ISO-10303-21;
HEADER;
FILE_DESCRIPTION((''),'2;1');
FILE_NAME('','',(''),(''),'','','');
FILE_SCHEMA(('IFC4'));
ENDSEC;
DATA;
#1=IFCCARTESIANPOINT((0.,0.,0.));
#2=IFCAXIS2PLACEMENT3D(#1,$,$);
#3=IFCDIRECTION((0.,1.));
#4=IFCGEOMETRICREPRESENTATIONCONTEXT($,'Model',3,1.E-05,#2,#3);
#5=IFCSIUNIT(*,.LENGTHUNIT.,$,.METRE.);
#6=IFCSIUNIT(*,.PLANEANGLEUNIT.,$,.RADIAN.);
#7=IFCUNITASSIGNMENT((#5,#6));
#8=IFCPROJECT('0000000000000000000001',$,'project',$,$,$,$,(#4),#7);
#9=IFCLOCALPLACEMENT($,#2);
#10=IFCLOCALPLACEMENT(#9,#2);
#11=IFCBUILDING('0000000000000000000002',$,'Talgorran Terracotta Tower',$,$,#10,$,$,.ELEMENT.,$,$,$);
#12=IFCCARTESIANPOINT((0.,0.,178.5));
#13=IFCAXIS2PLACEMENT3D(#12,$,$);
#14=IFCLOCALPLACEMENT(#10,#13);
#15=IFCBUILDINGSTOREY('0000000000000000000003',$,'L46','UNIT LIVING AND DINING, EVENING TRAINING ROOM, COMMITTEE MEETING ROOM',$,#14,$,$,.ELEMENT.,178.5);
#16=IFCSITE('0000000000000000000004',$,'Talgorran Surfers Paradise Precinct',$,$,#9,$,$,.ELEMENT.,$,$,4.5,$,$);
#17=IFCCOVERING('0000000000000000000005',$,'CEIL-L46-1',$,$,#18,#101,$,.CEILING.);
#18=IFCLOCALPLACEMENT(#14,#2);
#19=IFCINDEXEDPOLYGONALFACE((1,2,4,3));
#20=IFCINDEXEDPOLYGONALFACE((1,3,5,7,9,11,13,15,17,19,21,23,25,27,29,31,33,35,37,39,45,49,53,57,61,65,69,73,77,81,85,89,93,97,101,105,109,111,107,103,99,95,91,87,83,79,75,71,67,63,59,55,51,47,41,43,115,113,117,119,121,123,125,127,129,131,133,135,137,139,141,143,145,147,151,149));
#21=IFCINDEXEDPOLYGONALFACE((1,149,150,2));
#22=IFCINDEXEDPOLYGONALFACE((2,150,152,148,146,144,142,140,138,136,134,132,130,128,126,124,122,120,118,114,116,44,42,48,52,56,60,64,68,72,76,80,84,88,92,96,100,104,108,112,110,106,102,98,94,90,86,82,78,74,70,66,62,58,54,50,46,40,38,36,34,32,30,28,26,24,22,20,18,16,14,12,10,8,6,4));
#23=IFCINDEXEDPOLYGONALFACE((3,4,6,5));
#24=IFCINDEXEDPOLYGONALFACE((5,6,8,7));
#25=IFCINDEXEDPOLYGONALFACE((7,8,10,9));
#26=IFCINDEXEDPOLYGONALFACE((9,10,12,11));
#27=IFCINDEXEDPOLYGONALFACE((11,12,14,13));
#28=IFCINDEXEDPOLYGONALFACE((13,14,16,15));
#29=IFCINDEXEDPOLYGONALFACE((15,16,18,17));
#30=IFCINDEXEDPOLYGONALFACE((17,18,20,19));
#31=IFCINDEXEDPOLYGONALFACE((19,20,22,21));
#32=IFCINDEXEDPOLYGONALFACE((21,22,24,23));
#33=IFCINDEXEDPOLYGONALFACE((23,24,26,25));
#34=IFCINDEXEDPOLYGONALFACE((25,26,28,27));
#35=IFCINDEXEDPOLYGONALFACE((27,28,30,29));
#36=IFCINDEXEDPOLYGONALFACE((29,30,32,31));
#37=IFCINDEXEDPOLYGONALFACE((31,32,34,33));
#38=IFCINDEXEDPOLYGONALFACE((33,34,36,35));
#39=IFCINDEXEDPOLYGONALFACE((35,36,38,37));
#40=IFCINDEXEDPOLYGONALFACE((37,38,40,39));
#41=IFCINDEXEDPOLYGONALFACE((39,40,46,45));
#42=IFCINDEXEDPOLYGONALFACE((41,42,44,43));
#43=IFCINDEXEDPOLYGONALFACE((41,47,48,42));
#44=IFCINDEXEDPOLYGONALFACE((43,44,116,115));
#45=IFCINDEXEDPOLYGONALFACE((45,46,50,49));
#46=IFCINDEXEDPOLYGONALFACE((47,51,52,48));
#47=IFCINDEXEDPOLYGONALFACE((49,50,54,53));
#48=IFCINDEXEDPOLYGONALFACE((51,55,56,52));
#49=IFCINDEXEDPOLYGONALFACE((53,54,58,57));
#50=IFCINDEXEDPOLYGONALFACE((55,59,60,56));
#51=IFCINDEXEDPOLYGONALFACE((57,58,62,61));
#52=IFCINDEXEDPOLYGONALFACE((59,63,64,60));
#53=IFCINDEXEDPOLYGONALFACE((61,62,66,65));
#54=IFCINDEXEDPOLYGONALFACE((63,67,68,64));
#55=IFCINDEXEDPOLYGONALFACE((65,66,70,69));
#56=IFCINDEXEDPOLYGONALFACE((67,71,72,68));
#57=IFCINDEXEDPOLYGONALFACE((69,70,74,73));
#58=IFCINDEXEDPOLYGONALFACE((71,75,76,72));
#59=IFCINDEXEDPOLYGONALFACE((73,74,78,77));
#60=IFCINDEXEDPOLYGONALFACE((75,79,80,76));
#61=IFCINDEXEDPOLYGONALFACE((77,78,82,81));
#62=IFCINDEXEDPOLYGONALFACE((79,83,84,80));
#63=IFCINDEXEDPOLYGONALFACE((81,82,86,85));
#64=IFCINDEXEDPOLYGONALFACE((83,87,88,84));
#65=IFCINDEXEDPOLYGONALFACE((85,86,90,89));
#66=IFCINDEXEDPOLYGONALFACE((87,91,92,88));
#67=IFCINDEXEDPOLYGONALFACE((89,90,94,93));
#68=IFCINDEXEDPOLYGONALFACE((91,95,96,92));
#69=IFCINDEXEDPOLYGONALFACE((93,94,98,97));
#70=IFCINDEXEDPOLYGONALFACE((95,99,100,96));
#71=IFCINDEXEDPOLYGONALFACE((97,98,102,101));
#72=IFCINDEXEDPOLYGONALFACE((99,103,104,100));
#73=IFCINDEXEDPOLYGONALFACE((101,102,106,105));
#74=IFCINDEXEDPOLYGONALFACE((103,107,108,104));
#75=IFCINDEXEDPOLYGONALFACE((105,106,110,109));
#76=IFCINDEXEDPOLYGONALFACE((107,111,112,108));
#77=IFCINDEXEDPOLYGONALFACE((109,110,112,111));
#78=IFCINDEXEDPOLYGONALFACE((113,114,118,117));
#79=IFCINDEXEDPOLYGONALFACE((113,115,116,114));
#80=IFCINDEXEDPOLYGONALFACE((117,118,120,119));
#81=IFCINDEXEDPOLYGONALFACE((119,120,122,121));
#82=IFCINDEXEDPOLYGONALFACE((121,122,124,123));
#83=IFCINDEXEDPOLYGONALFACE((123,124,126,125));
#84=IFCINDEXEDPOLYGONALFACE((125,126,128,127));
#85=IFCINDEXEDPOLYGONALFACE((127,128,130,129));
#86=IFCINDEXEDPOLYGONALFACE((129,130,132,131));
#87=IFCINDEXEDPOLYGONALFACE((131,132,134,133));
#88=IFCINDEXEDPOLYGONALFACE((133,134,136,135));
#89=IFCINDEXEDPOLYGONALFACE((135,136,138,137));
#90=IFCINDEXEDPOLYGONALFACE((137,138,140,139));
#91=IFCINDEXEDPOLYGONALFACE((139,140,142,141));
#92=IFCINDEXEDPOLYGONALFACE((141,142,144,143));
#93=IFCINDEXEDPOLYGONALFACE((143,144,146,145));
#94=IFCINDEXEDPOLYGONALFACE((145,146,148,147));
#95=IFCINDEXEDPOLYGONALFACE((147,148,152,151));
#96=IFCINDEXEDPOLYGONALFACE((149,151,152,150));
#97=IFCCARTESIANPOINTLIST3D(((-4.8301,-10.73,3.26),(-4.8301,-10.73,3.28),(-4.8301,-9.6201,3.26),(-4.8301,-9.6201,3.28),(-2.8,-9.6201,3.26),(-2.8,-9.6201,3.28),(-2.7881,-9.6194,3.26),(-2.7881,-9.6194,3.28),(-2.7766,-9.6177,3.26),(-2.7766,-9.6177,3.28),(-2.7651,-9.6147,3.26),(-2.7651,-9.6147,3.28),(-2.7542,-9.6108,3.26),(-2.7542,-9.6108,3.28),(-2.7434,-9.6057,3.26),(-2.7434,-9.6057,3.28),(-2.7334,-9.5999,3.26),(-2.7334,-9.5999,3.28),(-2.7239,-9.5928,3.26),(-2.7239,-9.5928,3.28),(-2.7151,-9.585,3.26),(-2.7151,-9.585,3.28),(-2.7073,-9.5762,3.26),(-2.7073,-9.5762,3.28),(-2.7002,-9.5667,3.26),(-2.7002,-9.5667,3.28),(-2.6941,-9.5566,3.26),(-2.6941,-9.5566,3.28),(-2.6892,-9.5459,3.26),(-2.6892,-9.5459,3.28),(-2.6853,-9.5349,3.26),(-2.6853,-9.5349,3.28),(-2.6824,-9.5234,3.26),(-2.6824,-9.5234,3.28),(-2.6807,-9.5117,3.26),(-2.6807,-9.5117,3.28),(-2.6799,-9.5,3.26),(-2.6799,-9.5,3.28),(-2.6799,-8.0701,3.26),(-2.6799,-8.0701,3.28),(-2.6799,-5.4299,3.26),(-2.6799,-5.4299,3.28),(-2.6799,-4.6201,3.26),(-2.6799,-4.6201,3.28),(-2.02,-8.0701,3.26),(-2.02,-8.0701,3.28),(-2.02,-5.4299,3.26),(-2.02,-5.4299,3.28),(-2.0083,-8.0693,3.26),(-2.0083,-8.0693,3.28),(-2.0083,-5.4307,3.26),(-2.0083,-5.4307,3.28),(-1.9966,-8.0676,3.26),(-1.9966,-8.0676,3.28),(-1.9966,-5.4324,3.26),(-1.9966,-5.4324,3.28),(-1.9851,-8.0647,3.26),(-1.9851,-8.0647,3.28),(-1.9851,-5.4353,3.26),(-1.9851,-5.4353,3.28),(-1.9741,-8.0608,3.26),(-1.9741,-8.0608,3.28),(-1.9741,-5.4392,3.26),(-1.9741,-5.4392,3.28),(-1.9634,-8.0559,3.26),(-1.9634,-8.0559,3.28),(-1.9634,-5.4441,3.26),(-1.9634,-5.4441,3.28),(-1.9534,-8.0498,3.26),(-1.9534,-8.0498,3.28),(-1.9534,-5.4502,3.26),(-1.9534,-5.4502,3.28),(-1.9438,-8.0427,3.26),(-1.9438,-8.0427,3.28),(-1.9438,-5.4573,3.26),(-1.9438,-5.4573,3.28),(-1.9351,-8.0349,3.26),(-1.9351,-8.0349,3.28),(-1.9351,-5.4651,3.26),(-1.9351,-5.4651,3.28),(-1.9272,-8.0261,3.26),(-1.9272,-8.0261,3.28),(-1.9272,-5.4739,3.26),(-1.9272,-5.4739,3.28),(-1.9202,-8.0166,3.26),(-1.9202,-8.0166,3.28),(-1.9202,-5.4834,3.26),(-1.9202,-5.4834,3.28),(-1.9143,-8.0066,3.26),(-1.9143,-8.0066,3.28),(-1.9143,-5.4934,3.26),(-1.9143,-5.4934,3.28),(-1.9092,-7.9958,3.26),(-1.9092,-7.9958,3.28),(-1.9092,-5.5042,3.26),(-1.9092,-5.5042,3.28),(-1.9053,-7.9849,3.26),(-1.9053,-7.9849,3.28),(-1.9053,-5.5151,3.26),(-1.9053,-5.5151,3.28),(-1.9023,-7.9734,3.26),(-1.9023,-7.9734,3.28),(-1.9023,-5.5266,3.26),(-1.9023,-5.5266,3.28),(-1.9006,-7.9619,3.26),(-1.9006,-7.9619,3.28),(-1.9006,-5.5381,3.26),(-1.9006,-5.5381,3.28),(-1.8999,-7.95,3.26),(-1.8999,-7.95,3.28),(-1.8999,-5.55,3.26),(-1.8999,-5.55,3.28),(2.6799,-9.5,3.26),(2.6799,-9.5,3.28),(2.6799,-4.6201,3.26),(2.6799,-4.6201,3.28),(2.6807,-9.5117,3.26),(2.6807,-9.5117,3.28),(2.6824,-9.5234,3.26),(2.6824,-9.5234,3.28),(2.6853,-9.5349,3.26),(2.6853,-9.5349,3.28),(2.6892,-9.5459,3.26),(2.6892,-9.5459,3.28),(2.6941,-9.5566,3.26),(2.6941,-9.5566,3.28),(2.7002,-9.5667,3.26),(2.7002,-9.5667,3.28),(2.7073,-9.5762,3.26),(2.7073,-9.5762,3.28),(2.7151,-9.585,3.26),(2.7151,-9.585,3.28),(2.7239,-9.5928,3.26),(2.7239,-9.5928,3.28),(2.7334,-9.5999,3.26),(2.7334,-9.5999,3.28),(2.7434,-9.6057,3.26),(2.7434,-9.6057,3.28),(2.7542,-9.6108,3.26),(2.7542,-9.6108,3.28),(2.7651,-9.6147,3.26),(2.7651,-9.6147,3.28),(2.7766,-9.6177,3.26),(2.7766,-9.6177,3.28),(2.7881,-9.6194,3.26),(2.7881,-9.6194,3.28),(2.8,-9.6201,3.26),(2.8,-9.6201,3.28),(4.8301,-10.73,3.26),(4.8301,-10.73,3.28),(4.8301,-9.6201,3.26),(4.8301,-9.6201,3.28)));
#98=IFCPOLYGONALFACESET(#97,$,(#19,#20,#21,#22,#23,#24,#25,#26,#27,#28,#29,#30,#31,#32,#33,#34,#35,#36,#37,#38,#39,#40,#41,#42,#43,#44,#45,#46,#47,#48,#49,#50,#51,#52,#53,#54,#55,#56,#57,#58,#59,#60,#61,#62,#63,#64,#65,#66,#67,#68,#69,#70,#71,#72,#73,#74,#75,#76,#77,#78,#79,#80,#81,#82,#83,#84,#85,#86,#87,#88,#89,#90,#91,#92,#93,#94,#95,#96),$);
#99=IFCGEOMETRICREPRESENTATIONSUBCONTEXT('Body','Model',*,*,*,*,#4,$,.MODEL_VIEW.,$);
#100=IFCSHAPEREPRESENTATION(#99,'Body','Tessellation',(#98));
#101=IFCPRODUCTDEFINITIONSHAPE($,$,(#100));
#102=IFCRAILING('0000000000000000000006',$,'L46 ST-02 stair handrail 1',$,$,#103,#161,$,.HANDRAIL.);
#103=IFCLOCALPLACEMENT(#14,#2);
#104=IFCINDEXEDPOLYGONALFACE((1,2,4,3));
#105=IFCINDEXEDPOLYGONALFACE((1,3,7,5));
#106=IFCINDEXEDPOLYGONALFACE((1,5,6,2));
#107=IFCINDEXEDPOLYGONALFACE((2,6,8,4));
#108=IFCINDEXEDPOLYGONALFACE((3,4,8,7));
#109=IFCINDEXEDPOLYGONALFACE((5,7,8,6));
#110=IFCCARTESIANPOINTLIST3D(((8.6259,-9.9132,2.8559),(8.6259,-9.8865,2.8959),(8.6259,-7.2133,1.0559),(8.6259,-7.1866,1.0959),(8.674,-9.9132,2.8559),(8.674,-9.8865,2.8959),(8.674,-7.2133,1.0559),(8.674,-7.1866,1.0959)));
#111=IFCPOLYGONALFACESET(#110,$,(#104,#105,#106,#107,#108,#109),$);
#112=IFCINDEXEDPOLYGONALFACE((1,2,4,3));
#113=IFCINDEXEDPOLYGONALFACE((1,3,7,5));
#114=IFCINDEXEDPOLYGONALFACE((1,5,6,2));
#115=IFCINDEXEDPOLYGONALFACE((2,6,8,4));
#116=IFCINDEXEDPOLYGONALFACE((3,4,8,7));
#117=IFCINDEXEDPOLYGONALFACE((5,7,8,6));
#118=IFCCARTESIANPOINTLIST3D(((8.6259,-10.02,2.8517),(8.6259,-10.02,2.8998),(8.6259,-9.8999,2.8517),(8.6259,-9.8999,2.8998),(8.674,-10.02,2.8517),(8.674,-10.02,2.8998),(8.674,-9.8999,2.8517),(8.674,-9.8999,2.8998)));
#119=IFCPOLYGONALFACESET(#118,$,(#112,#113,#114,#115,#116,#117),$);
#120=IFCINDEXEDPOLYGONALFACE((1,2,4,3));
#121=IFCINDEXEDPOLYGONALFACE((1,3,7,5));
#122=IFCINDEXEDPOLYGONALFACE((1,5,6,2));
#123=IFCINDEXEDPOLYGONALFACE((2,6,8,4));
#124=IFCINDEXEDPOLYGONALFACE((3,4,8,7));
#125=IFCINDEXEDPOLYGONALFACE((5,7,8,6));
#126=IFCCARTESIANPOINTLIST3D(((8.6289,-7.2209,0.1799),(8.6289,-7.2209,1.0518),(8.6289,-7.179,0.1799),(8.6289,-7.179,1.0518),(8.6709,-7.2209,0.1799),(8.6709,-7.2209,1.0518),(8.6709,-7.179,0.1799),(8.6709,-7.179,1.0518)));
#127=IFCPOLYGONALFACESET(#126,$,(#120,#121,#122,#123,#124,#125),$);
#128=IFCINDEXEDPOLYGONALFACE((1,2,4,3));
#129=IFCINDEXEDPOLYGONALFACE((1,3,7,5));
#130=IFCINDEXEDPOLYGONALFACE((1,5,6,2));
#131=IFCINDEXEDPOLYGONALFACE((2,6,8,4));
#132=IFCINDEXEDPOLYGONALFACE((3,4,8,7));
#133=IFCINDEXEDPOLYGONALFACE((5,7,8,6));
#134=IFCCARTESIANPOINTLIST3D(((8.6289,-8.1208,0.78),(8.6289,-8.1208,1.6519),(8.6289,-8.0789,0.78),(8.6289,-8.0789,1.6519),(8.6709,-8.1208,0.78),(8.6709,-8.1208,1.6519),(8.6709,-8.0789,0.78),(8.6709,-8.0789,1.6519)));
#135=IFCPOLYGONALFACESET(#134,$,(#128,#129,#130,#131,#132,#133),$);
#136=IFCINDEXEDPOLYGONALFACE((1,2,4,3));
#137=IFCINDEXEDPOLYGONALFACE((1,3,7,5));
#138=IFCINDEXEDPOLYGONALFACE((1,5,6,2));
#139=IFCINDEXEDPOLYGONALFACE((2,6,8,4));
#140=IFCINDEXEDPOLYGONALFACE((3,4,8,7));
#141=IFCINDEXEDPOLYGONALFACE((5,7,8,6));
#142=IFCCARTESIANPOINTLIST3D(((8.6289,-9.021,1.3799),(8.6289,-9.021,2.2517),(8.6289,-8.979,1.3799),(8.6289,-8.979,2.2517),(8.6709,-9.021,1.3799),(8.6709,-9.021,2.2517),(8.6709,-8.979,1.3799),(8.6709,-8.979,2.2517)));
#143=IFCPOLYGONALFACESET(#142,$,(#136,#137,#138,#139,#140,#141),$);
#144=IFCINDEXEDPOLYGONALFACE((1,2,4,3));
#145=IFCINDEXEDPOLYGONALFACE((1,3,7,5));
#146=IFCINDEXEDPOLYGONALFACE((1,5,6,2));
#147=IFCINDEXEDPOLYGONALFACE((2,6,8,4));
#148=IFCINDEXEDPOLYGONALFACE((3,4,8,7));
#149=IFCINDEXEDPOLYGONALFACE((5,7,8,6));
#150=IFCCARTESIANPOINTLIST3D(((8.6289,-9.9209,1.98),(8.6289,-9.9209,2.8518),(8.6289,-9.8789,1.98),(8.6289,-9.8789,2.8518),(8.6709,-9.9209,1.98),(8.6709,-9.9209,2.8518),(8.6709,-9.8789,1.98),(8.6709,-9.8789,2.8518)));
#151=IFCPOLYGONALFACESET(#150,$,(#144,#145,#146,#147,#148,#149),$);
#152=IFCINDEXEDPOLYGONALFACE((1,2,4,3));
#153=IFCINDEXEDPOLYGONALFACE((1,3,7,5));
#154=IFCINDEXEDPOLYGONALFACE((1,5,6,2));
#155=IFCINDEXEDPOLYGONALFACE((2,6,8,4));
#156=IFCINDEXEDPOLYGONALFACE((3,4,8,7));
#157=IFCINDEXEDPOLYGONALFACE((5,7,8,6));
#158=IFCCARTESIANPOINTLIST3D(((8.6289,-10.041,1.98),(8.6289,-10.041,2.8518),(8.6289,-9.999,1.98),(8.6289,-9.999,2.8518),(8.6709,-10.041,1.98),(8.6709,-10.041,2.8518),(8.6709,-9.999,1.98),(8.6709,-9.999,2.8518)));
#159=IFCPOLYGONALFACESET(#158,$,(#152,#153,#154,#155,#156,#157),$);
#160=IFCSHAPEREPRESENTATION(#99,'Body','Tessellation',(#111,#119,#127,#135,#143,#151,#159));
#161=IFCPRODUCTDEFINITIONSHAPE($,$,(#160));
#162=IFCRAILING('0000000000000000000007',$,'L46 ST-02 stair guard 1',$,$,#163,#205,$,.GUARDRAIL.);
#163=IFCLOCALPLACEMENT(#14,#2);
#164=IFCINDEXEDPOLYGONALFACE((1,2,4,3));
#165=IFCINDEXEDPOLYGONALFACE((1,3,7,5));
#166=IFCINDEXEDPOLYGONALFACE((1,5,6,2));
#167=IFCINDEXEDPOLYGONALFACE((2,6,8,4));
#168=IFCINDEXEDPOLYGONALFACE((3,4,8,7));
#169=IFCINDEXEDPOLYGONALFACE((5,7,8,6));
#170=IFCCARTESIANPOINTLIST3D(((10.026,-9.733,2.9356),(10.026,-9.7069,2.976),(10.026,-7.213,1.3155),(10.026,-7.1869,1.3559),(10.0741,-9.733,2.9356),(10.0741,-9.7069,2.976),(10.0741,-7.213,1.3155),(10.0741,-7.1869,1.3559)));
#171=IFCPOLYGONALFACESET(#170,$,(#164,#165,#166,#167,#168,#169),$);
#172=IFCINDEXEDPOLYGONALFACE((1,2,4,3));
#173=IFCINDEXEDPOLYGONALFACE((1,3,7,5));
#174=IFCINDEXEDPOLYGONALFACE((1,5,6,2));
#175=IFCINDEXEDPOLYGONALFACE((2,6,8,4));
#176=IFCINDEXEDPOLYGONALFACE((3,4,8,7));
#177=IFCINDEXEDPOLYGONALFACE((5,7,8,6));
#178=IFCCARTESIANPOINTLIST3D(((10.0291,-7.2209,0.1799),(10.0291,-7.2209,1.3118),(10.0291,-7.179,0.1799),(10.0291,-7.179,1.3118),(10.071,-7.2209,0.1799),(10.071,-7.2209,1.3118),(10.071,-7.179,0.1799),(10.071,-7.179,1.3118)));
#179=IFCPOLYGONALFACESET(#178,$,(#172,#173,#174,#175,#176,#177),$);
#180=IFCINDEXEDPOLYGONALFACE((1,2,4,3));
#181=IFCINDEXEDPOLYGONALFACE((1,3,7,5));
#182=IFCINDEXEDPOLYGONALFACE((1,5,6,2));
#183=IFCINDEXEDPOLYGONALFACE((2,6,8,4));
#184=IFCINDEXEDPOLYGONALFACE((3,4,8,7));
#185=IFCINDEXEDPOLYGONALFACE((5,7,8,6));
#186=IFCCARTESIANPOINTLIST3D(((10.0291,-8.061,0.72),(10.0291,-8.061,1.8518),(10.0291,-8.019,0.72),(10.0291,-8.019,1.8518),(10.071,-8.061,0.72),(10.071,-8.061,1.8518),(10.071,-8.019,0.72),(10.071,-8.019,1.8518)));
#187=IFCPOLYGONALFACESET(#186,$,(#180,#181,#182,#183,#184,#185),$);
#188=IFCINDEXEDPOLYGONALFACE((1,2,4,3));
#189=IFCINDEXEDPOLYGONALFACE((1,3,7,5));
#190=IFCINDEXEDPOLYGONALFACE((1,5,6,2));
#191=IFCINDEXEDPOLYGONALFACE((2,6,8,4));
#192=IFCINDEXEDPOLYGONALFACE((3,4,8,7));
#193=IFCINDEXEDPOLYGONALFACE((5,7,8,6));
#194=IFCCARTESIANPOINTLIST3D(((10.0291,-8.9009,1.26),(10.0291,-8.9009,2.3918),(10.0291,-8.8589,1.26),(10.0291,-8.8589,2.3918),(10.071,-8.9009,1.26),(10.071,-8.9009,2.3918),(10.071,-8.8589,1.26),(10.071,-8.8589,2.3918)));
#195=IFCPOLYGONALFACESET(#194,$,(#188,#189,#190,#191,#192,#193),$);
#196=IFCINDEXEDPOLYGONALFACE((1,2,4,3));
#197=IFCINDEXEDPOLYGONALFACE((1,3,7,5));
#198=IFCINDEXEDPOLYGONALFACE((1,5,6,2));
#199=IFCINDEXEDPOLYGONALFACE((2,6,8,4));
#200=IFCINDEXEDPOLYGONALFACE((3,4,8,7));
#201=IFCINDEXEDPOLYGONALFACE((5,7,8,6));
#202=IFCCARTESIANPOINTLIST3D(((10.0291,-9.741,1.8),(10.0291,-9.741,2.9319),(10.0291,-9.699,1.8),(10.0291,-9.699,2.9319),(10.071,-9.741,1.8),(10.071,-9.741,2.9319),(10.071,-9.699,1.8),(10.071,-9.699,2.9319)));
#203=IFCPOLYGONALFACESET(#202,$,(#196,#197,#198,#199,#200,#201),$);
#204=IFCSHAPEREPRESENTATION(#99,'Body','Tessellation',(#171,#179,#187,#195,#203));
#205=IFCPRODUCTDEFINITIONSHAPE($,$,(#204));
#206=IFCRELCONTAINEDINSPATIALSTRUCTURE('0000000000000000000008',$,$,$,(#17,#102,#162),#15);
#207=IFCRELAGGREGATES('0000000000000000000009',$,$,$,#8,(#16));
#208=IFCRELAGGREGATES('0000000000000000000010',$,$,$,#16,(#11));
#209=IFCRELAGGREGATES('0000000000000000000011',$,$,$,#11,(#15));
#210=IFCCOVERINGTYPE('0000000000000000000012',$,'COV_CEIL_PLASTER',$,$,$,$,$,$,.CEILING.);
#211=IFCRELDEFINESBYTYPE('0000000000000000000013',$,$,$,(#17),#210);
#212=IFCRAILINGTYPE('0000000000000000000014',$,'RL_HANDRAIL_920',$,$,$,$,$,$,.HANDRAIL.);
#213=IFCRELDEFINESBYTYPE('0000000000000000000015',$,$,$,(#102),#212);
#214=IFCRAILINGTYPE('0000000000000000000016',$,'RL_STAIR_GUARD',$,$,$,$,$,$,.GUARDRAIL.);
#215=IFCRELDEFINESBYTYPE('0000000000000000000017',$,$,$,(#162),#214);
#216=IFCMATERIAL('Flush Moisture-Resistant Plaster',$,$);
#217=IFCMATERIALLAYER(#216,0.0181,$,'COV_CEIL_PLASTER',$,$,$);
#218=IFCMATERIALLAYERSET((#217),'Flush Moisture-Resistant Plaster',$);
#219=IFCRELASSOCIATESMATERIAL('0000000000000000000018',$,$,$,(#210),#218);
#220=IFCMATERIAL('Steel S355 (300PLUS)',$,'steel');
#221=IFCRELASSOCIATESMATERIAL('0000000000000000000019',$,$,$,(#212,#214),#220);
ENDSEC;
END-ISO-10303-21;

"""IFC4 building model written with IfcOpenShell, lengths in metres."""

from ifc_helpers import new_model, si_unit, direction, frame, origin, origin_2d, place, context, subcontext, project, spatial, polyline, rectangle, outline, extrude, material, layer, layer_set, type_object, element, save


model = new_model("IFC4")

# Units and contexts
model_context = context("Model", 3, precision=1e-05, world=origin(), true_north=direction((0.0, 1.0)))
body_context = subcontext(model_context, "Body", "Model", "MODEL_VIEW")
ifc_project = project(units=[si_unit("LENGTHUNIT", "METRE"), si_unit("PLANEANGLEUNIT", "RADIAN")], contexts=[model_context])

# Site, building, storey
site_placement = place(None, origin())
site = spatial("IfcSite", under=ifc_project, at=site_placement, Name="Talgorran Surfers Paradise Precinct", CompositionType="ELEMENT", RefElevation=4.5)
building_placement = place(site_placement, origin())
building = spatial("IfcBuilding", under=site, at=building_placement, Name="Talgorran Terracotta Tower", CompositionType="ELEMENT")
storey_placement = place(building_placement, frame((0.0, 0.0, 178.5)))
storey = spatial("IfcBuildingStorey", under=building, at=storey_placement, Name="L46", Description="UNIT LIVING AND DINING, EVENING TRAINING ROOM, COMMITTEE MEETING ROOM", CompositionType="ELEMENT", Elevation=178.5)

# Shared definitions
ifc_material_1 = material(Name="Steel S355 (300PLUS)", Category="steel")

# Covering
ifc_material_2 = material(Name="Flush Moisture-Resistant Plaster")
ifc_layer_1 = layer(ifc_material_2, 0.0181, Name="COV_CEIL_PLASTER")
ifc_layer_set_1 = layer_set([ifc_layer_1], Name="Flush Moisture-Resistant Plaster")
covering_type_1 = type_object("IfcCoveringType", Name="COV_CEIL_PLASTER", PredefinedType="CEILING", material=ifc_layer_set_1)
covering_1_placement = place(storey_placement, frame((0.0, 0.0, 3.26)))
element("IfcCovering", 1, at=covering_1_placement, inside=storey, type_object=covering_type_1, Name="CEIL-L46-1", PredefinedType="CEILING", context=body_context, shape_type="SweptSolid", body=[
    extrude(outline(polyline([(2.6799, -4.6201), (2.6799, -9.5), (2.6807, -9.5117), (2.6824, -9.5234), (2.6853, -9.5349), (2.6892, -9.5459), (2.6941, -9.5566), (2.7002, -9.5667), (2.7073, -9.5762), (2.7151, -9.585), (2.7239, -9.5928), (2.7334, -9.5999), (2.7434, -9.6057), (2.7542, -9.6108), (2.7651, -9.6147), (2.7766, -9.6177), (2.7881, -9.6194), (2.8, -9.6201), (4.8301, -9.6201), (4.8301, -10.73), (-4.8301, -10.73), (-4.8301, -9.6201), (-2.8, -9.6201), (-2.7881, -9.6194), (-2.7766, -9.6177), (-2.7651, -9.6147), (-2.7542, -9.6108), (-2.7434, -9.6057), (-2.7334, -9.5999), (-2.7239, -9.5928), (-2.7151, -9.585), (-2.7073, -9.5762), (-2.7002, -9.5667), (-2.6941, -9.5566), (-2.6892, -9.5459), (-2.6853, -9.5349), (-2.6824, -9.5234), (-2.6807, -9.5117), (-2.6799, -9.5), (-2.6799, -8.0701), (-2.02, -8.0701), (-2.0083, -8.0693), (-1.9966, -8.0676), (-1.9851, -8.0647), (-1.9741, -8.0608), (-1.9634, -8.0559), (-1.9534, -8.0498), (-1.9438, -8.0427), (-1.9351, -8.0349), (-1.9272, -8.0261), (-1.9202, -8.0166), (-1.9143, -8.0066), (-1.9092, -7.9958), (-1.9053, -7.9849), (-1.9023, -7.9734), (-1.9006, -7.9619), (-1.8999, -7.95), (-1.8999, -5.55), (-1.9006, -5.5381), (-1.9023, -5.5266), (-1.9053, -5.5151), (-1.9092, -5.5042), (-1.9143, -5.4934), (-1.9202, -5.4834), (-1.9272, -5.4739), (-1.9351, -5.4651), (-1.9438, -5.4573), (-1.9534, -5.4502), (-1.9634, -5.4441), (-1.9741, -5.4392), (-1.9851, -5.4353), (-1.9966, -5.4324), (-2.0083, -5.4307), (-2.02, -5.4299), (-2.6799, -5.4299), (-2.6799, -4.6201), (2.6799, -4.6201)])), origin(), (0.0, 0.0, 1.0), 0.02),
])

# Railings
railing_type_1 = type_object("IfcRailingType", Name="RL_HANDRAIL_920", PredefinedType="HANDRAIL", material=ifc_material_1)
railing_1_placement = place(storey_placement, frame((8.6499, -7.2, 0.1799)))
element("IfcRailing", 2, at=railing_1_placement, inside=storey, type_object=railing_type_1, Name="L46 ST-02 stair handrail 1", PredefinedType="HANDRAIL", context=body_context, shape_type="SweptSolid", body=[
    extrude(rectangle(XDim=0.0481, YDim=0.0481, at=origin_2d()), frame((0.0, 0.0, 0.896), z_axis=(0.0, -0.832039, 0.554718), x_axis=(1.0, 0.0, 0.0)), (0.0, 0.0, 1.0), 3.2449),
    extrude(rectangle(XDim=0.0481, YDim=0.0481, at=origin_2d()), frame((0.0, -2.7, 2.6958), z_axis=(0.0, -1.0, 0.0), x_axis=(1.0, 0.0, 0.0)), (0.0, 0.0, 1.0), 0.1201),
    extrude(rectangle(XDim=0.042, YDim=0.042, at=origin_2d()), origin(), (0.0, 0.0, 1.0), 0.8718),
    extrude(rectangle(XDim=0.042, YDim=0.042, at=origin_2d()), frame((0.0, -0.8999, 0.6001)), (0.0, 0.0, 1.0), 0.8718),
    extrude(rectangle(XDim=0.042, YDim=0.042, at=origin_2d()), frame((0.0, -1.8, 1.2)), (0.0, 0.0, 1.0), 0.8718),
    extrude(rectangle(XDim=0.042, YDim=0.042, at=origin_2d()), frame((0.0, -2.7, 1.8)), (0.0, 0.0, 1.0), 0.8718),
    extrude(rectangle(XDim=0.042, YDim=0.042, at=origin_2d()), frame((0.0, -2.8201, 1.8)), (0.0, 0.0, 1.0), 0.8718),
])
railing_type_2 = type_object("IfcRailingType", Name="RL_STAIR_GUARD", PredefinedType="GUARDRAIL", material=ifc_material_1)
railing_2_placement = place(storey_placement, frame((10.05, -7.2, 0.1799)))
element("IfcRailing", 3, at=railing_2_placement, inside=storey, type_object=railing_type_2, Name="L46 ST-02 stair guard 1", PredefinedType="GUARDRAIL", context=body_context, shape_type="SweptSolid", body=[
    extrude(rectangle(XDim=0.0481, YDim=0.0481, at=origin_2d()), frame((0.0, 0.0, 1.1558), z_axis=(0.0, -0.841163, 0.540782), x_axis=(1.0, 0.0, 0.0)), (0.0, 0.0, 1.0), 2.9958),
    extrude(rectangle(XDim=0.042, YDim=0.042, at=origin_2d()), origin(), (0.0, 0.0, 1.0), 1.1318),
    extrude(rectangle(XDim=0.042, YDim=0.042, at=origin_2d()), frame((0.0, -0.8401, 0.54)), (0.0, 0.0, 1.0), 1.1318),
    extrude(rectangle(XDim=0.042, YDim=0.042, at=origin_2d()), frame((0.0, -1.6799, 1.0801)), (0.0, 0.0, 1.0), 1.1318),
    extrude(rectangle(XDim=0.042, YDim=0.042, at=origin_2d()), frame((0.0, -2.52, 1.6201)), (0.0, 0.0, 1.0), 1.1318),
])

save(model, "model.ifc")
